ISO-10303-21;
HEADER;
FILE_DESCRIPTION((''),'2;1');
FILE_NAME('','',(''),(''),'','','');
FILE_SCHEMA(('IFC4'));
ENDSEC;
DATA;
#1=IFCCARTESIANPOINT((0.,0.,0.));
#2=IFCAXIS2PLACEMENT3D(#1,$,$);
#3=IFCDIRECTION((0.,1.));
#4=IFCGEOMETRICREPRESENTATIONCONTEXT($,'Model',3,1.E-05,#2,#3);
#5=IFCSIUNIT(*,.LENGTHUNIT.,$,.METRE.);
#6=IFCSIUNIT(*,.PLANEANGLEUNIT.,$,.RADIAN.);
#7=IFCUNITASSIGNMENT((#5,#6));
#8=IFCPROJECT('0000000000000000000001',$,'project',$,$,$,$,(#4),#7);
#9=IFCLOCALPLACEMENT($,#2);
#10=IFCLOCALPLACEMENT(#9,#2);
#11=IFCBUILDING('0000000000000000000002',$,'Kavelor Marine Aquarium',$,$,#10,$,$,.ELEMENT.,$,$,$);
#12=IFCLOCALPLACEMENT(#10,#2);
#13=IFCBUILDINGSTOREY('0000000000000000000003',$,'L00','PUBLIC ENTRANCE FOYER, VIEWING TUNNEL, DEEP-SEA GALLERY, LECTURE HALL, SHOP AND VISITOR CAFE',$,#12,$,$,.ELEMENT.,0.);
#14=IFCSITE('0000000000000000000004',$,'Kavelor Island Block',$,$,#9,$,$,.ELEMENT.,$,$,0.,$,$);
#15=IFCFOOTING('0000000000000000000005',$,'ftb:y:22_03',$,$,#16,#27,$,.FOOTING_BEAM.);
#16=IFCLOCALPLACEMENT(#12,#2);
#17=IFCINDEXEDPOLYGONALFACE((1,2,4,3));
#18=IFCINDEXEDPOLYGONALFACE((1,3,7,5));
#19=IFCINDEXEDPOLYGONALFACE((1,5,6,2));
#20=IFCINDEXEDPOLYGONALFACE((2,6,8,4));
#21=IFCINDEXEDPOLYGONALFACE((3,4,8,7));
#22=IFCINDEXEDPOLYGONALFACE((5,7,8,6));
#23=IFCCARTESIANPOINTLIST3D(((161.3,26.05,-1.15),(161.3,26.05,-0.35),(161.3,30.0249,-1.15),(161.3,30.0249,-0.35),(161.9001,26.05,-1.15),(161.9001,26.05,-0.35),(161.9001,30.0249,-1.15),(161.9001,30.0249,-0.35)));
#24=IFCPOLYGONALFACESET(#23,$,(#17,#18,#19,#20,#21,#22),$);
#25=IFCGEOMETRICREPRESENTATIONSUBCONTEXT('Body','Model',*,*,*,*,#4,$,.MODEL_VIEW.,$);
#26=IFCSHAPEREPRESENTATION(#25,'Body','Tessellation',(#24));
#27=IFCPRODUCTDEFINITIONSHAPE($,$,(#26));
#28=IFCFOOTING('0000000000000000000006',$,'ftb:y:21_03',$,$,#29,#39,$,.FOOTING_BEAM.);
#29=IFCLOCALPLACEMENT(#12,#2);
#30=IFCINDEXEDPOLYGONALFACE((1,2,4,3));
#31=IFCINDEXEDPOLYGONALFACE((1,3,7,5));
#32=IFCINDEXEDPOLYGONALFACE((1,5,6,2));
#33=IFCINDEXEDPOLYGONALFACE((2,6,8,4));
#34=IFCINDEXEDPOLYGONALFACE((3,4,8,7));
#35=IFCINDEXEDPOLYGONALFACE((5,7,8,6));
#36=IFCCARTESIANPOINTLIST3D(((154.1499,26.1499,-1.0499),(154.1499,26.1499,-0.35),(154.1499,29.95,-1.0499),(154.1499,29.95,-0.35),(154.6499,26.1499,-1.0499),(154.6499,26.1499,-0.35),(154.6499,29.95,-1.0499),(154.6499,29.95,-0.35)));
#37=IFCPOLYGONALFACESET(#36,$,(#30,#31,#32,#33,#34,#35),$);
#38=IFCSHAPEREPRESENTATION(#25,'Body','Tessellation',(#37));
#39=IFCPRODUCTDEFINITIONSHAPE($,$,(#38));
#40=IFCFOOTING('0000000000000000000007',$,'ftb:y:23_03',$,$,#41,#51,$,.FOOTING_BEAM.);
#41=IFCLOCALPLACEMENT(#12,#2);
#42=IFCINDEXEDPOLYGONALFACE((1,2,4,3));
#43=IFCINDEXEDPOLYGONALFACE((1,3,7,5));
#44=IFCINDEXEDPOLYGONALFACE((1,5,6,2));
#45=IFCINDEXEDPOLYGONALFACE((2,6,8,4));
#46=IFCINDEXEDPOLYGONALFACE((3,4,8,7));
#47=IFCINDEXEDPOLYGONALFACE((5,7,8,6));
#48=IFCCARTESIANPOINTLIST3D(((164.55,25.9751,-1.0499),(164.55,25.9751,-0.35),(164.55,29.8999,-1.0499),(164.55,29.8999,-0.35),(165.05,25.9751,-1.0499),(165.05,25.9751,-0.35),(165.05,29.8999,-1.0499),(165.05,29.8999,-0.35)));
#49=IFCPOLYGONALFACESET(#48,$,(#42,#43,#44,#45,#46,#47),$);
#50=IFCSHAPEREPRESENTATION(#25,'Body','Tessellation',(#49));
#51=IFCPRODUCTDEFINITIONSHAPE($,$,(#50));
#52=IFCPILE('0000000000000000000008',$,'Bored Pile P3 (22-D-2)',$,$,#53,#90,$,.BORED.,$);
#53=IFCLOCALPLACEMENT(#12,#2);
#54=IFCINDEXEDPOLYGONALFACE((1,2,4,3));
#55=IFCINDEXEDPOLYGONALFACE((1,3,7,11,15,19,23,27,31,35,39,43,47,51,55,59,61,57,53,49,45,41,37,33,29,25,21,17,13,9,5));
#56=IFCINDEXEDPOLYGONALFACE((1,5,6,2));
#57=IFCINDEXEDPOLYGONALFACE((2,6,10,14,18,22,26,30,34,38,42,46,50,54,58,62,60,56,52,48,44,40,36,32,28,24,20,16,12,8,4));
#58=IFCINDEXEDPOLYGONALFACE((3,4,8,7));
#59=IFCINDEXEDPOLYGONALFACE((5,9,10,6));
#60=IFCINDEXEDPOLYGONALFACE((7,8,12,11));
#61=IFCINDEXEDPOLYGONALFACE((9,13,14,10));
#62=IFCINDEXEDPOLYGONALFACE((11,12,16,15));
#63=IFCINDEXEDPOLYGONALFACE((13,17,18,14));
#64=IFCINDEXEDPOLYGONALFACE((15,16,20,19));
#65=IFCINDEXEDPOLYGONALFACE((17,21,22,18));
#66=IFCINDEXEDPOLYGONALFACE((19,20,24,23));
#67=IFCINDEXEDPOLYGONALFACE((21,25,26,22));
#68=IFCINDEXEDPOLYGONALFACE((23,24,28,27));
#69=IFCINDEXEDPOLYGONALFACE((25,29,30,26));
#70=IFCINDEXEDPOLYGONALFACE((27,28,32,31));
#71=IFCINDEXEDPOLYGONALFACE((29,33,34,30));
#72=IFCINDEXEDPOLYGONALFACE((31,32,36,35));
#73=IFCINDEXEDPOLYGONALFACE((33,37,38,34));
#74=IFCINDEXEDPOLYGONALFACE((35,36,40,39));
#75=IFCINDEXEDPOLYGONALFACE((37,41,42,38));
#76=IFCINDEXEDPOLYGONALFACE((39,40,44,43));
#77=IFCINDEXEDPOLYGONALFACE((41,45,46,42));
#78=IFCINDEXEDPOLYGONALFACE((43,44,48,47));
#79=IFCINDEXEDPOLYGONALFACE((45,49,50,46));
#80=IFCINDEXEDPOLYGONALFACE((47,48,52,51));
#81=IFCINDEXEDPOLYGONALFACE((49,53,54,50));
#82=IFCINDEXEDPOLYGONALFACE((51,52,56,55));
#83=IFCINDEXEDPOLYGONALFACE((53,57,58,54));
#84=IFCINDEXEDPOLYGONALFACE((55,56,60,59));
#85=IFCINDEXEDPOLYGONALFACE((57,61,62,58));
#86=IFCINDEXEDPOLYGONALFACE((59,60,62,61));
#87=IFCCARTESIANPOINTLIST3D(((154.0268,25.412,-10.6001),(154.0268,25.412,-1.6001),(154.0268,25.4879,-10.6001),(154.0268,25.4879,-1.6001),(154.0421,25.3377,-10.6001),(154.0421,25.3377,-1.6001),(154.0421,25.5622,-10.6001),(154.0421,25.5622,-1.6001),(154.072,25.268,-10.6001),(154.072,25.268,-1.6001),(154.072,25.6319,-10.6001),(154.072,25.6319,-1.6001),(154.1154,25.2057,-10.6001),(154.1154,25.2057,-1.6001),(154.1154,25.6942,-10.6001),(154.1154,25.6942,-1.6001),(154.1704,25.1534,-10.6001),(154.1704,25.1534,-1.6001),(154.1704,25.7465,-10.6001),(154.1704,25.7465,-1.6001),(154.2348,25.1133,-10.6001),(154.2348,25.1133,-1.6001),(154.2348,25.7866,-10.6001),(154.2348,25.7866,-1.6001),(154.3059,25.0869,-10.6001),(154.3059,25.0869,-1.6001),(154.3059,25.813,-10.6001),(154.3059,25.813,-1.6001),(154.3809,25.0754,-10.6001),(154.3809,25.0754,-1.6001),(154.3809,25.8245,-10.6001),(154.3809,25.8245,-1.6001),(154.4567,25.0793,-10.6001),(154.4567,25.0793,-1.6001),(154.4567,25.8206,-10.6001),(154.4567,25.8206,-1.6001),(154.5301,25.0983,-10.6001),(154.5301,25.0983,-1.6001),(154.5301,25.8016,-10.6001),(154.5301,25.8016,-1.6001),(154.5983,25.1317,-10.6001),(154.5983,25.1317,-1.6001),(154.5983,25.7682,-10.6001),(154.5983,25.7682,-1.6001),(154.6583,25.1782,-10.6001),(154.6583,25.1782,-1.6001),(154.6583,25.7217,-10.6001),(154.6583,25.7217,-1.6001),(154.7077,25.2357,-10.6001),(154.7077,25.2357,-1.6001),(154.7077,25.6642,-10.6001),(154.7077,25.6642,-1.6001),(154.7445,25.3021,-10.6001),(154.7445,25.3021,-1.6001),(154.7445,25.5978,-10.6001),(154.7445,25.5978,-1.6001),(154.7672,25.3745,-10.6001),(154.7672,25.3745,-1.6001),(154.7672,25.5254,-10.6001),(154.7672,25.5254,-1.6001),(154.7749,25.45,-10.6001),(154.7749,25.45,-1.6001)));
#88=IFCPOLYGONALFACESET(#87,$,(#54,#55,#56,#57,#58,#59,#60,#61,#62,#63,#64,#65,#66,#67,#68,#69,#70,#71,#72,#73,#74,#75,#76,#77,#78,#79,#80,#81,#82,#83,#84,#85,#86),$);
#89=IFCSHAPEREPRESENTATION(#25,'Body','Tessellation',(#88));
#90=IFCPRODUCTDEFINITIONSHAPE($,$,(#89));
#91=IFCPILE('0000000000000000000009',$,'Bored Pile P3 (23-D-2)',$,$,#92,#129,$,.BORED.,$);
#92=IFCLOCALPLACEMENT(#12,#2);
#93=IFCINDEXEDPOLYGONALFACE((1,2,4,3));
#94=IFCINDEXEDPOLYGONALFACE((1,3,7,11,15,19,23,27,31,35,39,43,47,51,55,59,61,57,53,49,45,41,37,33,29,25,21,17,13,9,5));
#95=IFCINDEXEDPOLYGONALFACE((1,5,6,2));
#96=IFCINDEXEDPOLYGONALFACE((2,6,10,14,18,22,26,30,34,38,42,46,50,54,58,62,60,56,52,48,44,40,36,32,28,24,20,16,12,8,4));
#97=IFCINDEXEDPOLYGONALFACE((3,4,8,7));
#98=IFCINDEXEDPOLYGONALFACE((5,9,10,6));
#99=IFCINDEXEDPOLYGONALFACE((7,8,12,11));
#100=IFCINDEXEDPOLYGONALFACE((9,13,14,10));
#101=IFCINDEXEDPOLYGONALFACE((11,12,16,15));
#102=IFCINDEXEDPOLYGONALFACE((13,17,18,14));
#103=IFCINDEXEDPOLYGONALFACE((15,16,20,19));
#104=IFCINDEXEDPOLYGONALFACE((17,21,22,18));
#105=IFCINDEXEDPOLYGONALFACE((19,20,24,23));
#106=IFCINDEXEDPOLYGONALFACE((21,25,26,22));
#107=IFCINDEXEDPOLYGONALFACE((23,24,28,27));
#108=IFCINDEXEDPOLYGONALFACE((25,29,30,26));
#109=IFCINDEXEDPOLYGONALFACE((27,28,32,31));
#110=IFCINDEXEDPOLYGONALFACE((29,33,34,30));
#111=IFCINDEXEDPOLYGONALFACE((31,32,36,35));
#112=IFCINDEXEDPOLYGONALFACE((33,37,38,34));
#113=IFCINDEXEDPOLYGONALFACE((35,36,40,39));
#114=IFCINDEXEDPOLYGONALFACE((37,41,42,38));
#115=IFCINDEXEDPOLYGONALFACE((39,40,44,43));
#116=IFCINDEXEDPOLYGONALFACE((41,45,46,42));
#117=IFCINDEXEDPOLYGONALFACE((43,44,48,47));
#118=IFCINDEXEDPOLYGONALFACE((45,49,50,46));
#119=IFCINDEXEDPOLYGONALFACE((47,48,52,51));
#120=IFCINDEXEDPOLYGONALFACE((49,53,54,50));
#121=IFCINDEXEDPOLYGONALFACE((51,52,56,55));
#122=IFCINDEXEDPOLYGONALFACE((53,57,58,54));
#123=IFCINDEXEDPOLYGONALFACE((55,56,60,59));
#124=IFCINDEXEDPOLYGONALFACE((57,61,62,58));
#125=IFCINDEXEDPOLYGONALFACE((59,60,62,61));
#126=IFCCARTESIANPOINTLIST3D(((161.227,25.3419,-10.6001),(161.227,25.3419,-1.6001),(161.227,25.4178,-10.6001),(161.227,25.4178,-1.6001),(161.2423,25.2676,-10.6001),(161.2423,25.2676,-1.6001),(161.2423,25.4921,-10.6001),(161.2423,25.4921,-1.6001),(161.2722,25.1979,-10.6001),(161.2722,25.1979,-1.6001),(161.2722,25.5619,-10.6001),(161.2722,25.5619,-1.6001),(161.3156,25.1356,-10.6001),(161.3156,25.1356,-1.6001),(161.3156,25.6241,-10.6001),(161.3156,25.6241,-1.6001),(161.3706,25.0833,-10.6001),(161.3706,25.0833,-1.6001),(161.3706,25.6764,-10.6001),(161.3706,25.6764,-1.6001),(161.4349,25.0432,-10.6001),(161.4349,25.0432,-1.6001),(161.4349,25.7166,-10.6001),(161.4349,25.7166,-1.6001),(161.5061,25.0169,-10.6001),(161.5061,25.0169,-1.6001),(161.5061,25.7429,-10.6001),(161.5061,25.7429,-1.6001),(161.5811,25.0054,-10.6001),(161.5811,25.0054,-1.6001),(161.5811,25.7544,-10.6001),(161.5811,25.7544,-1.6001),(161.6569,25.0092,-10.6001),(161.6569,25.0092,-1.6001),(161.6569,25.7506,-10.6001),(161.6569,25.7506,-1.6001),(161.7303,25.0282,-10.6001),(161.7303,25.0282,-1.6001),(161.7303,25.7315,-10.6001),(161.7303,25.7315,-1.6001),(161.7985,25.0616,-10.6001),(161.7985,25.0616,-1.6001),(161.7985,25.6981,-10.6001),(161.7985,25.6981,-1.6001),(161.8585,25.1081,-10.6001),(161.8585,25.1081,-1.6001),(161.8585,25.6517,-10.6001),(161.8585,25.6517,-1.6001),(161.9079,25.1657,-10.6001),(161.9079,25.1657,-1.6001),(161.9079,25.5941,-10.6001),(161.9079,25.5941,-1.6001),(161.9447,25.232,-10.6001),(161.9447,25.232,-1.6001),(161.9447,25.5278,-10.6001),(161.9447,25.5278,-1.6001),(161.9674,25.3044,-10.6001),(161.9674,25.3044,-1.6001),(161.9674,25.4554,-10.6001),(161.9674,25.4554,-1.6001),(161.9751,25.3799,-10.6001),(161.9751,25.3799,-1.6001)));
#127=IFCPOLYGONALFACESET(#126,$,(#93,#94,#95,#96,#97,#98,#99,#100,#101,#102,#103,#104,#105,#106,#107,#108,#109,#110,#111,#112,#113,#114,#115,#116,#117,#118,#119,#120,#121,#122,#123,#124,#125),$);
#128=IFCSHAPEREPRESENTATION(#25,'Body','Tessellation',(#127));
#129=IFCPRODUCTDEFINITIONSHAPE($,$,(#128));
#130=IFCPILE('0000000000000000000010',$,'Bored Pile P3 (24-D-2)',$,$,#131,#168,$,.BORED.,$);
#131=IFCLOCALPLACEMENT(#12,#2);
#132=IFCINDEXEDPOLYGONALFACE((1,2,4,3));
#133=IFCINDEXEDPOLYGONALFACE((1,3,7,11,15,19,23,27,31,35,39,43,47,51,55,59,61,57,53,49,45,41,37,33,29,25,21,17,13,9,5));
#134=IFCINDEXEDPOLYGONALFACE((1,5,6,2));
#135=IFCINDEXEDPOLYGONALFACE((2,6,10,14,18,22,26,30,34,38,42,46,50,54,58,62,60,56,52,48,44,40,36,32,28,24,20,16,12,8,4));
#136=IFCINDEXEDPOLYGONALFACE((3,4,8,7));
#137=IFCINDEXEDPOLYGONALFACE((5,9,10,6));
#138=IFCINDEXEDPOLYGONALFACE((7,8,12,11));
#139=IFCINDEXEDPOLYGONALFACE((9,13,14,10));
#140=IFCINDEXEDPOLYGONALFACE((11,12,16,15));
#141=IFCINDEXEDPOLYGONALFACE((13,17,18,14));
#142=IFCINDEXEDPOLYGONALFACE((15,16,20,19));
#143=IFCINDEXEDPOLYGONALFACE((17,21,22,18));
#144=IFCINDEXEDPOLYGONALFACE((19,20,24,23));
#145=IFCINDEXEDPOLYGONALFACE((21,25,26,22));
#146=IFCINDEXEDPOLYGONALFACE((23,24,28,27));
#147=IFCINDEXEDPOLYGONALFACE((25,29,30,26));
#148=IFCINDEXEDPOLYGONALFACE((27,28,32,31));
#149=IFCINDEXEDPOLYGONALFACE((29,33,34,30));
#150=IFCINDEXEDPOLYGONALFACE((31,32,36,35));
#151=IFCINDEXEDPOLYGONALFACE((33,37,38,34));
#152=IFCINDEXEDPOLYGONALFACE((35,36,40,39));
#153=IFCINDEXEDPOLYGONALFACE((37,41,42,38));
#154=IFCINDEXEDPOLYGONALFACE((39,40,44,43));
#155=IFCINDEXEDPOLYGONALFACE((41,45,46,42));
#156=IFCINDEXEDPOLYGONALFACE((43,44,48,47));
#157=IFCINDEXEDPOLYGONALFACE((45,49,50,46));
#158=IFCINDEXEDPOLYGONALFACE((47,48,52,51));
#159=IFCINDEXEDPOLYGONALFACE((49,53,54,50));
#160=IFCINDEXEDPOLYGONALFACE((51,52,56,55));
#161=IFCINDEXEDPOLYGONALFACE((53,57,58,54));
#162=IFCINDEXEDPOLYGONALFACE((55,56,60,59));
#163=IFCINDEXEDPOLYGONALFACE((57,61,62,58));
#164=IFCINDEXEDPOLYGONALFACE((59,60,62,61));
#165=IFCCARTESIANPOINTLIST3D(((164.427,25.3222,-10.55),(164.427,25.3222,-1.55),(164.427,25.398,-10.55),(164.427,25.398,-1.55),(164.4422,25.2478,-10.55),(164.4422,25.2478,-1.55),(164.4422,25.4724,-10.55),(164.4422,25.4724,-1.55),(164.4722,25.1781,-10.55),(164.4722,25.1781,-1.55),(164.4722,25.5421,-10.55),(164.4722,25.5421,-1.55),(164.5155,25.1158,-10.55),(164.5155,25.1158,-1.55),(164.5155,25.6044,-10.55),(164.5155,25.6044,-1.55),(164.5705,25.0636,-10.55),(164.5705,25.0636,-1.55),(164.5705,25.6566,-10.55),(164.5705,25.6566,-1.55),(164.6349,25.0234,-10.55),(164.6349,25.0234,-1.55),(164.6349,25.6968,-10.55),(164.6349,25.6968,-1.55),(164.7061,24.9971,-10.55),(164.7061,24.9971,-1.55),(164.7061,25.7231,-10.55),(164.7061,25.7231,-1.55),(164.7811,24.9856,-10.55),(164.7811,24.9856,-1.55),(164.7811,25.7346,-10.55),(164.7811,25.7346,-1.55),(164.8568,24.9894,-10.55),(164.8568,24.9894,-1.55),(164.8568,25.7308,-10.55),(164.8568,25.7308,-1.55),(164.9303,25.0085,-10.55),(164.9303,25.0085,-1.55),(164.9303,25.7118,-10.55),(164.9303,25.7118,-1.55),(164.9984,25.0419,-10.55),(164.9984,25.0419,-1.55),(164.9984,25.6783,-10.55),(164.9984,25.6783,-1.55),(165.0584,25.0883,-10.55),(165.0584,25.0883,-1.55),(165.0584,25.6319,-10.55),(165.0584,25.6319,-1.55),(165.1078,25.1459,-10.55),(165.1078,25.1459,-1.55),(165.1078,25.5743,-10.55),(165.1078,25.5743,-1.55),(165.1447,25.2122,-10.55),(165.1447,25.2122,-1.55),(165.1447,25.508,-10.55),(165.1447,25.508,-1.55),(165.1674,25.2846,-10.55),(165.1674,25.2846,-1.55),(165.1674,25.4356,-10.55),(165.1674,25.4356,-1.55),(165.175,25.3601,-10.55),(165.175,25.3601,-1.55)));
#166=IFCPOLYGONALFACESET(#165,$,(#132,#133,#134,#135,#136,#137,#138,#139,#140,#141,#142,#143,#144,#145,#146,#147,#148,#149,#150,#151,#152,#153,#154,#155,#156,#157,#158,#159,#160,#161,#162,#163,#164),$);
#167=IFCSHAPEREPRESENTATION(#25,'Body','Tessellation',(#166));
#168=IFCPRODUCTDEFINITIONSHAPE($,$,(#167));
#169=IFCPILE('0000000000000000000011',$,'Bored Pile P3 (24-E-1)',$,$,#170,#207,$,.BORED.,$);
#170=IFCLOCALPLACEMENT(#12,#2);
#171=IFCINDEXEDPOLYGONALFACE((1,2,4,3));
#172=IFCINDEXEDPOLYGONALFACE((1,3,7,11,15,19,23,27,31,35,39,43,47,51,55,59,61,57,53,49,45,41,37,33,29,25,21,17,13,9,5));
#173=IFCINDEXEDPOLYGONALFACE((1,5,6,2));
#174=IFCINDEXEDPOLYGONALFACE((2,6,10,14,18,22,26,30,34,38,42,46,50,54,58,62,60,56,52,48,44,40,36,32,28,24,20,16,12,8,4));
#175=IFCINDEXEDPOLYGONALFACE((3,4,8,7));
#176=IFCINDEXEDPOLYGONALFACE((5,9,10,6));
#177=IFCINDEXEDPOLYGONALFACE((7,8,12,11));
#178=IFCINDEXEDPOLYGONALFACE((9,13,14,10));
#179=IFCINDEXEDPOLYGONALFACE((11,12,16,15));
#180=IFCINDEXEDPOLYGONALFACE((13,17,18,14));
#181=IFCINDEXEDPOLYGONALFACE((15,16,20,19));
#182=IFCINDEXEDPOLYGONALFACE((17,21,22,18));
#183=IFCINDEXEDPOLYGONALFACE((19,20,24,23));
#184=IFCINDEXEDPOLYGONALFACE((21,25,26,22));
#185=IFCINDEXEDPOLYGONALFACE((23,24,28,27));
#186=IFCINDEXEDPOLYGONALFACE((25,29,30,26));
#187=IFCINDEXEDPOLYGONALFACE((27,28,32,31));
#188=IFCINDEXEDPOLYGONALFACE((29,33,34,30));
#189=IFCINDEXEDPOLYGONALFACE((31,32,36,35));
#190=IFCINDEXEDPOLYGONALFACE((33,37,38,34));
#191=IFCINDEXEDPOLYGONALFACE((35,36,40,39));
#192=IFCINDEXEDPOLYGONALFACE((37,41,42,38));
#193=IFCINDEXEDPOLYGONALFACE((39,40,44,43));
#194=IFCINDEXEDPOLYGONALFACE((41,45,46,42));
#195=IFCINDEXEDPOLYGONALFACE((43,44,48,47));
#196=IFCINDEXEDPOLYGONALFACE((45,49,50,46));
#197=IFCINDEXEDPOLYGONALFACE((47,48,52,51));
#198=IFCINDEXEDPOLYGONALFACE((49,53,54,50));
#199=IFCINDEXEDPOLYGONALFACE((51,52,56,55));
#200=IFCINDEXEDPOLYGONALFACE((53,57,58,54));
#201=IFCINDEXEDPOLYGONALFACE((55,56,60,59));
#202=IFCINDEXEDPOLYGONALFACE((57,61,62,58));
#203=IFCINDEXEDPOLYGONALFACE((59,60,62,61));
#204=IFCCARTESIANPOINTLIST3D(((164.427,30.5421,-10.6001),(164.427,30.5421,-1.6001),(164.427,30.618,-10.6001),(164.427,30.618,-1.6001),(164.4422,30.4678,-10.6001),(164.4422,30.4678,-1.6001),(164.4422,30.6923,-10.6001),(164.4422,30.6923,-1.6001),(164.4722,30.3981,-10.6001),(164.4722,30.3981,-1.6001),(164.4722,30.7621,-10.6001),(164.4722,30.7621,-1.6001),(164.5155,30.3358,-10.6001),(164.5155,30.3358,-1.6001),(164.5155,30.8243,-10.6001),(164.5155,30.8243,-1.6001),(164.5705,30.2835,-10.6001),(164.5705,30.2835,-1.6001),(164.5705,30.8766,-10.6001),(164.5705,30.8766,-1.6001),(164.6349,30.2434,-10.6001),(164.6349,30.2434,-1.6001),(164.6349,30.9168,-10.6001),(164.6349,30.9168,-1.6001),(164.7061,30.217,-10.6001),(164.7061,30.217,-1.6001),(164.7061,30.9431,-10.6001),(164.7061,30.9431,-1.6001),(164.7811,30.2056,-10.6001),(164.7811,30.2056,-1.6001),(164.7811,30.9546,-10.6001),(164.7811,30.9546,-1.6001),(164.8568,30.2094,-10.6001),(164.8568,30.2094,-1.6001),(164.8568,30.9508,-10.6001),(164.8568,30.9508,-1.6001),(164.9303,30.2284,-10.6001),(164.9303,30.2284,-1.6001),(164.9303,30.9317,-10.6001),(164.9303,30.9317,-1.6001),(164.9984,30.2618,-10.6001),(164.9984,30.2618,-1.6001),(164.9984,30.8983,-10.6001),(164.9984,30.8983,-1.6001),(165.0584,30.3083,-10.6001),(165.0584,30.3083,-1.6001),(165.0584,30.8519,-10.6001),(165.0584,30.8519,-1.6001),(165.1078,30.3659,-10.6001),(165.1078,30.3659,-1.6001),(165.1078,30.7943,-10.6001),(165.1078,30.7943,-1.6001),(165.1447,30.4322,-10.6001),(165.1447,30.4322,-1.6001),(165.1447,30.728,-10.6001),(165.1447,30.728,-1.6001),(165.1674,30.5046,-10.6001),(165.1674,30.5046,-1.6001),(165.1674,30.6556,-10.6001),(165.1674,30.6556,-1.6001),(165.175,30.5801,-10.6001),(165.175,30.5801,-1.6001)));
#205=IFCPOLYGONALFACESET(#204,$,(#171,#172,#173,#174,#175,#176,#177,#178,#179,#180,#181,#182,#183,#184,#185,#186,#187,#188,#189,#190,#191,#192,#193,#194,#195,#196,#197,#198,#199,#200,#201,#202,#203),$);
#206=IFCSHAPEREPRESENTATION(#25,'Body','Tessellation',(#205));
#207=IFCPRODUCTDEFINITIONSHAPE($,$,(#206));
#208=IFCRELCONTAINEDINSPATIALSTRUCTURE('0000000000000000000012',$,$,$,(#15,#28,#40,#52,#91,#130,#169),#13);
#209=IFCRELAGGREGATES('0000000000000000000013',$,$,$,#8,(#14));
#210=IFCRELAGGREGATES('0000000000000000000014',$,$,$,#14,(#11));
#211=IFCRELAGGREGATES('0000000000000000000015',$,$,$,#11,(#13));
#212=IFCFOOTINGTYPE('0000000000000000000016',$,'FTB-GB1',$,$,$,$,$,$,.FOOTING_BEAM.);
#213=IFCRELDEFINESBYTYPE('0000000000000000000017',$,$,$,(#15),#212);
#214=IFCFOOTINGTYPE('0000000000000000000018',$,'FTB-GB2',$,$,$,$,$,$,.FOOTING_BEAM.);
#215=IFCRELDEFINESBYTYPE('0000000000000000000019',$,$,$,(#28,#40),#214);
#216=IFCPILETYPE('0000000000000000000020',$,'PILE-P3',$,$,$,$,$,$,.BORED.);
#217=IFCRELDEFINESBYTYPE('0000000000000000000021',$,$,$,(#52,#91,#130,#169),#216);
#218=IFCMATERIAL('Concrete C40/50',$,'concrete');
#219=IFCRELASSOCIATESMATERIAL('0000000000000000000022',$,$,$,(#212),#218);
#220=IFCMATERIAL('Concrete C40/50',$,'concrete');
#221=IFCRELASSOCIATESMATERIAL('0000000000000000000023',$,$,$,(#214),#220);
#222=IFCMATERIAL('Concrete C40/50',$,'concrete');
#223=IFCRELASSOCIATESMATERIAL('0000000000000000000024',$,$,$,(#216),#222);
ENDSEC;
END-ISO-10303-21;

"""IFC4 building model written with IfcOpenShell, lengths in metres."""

from ifc_helpers import new_model, si_unit, direction, frame, origin, origin_2d, place, context, subcontext, project, spatial, rectangle, circle, extrude, material, material_profile, profile_set, type_object, element, save


model = new_model("IFC4")

# Units and contexts
model_context = context("Model", 3, precision=1e-05, world=origin(), true_north=direction((0.0, 1.0)))
body_context = subcontext(model_context, "Body", "Model", "MODEL_VIEW")
ifc_project = project(units=[si_unit("LENGTHUNIT", "METRE"), si_unit("PLANEANGLEUNIT", "RADIAN")], contexts=[model_context])

# Site, building, storey
site_placement = place(None, origin())
site = spatial("IfcSite", under=ifc_project, at=site_placement, Name="Kavelor Island Block", CompositionType="ELEMENT", RefElevation=0.0)
building_placement = place(site_placement, origin())
building = spatial("IfcBuilding", under=site, at=building_placement, Name="Kavelor Marine Aquarium", CompositionType="ELEMENT")
storey_placement = place(building_placement, origin())
storey = spatial("IfcBuildingStorey", under=building, at=storey_placement, Name="L00", Description="PUBLIC ENTRANCE FOYER, VIEWING TUNNEL, DEEP-SEA GALLERY, LECTURE HALL, SHOP AND VISITOR CAFE", CompositionType="ELEMENT", Elevation=0.0)

# Footings
ifc_material_1 = material(Name="Concrete C40/50", Category="concrete")
ifc_material_profile_1 = material_profile(ifc_material_1, rectangle(XDim=0.6001, YDim=0.8, at=origin_2d()), Name="GB 600x800")
ifc_profile_set_1 = profile_set([ifc_material_profile_1], Name="Concrete C40/50")
footing_type_1 = type_object("IfcFootingType", Name="FTB-GB1", PredefinedType="FOOTING_BEAM", material=ifc_profile_set_1)
footing_1_placement = place(storey_placement, frame((161.6001, 26.05, -0.75), z_axis=(0.0, 1.0, 0.0), x_axis=(-1.0, 0.0, 0.0)))
element("IfcFooting", 1, at=footing_1_placement, inside=storey, type_object=footing_type_1, Name="ftb:y:22_03", PredefinedType="FOOTING_BEAM", context=body_context, shape_type="SweptSolid", body=[
    extrude(rectangle(XDim=0.6001, YDim=0.8, at=origin_2d()), origin(), (0.0, 0.0, 1.0), 3.9749),
])
ifc_material_2 = material(Name="Concrete C40/50", Category="concrete")
ifc_material_profile_2 = material_profile(ifc_material_2, rectangle(XDim=0.5, YDim=0.7, at=origin_2d()), Name="GB 500x700")
ifc_profile_set_2 = profile_set([ifc_material_profile_2], Name="Concrete C40/50")
footing_type_2 = type_object("IfcFootingType", Name="FTB-GB2", PredefinedType="FOOTING_BEAM", material=ifc_profile_set_2)
footing_2_placement = place(storey_placement, frame((154.3999, 26.1499, -0.7), z_axis=(0.0, 1.0, 0.0), x_axis=(-1.0, 0.0, 0.0)))
element("IfcFooting", 2, at=footing_2_placement, inside=storey, type_object=footing_type_2, Name="ftb:y:21_03", PredefinedType="FOOTING_BEAM", context=body_context, shape_type="SweptSolid", body=[
    extrude(rectangle(XDim=0.5, YDim=0.7, at=origin_2d()), origin(), (0.0, 0.0, 1.0), 3.8),
])
footing_3_placement = place(storey_placement, frame((164.8, 25.9751, -0.7), z_axis=(0.0, 1.0, 0.0), x_axis=(-1.0, 0.0, 0.0)))
element("IfcFooting", 3, at=footing_3_placement, inside=storey, type_object=footing_type_2, Name="ftb:y:23_03", PredefinedType="FOOTING_BEAM", context=body_context, shape_type="SweptSolid", body=[
    extrude(rectangle(XDim=0.5, YDim=0.7, at=origin_2d()), origin(), (0.0, 0.0, 1.0), 3.9248),
])

# Piles
ifc_material_3 = material(Name="Concrete C40/50", Category="concrete")
ifc_material_profile_3 = material_profile(ifc_material_3, circle(Radius=0.375, at=origin_2d()), Name="PILE D750")
ifc_profile_set_3 = profile_set([ifc_material_profile_3], Name="Concrete C40/50")
pile_type = type_object("IfcPileType", Name="PILE-P3", PredefinedType="BORED", material=ifc_profile_set_3)
for number, where, z_axis, x_axis, name in (
    (4, (154.3999, 25.45, -1.6001), (0.0, 0.0, -1.0), (1.0, 0.0, 0.0), "Bored Pile P3 (22-D-2)"),
    (5, (161.6001, 25.3799, -1.6001), (0.0, 0.0, -1.0), (1.0, 0.0, 0.0), "Bored Pile P3 (23-D-2)"),
    (6, (164.8, 25.3601, -1.55), (0.0, 0.0, -1.0), (1.0, 0.0, 0.0), "Bored Pile P3 (24-D-2)"),
    (7, (164.8, 30.5801, -1.6001), (0.0, 0.0, -1.0), (1.0, 0.0, 0.0), "Bored Pile P3 (24-E-1)"),
):
    element("IfcPile", number, at=place(storey_placement, frame(where, z_axis=z_axis, x_axis=x_axis)), inside=storey, type_object=pile_type, Name=name, PredefinedType="BORED", context=body_context, shape_type="SweptSolid", body=[
        extrude(circle(Radius=0.375, at=origin_2d()), origin(), (0.0, 0.0, 1.0), 9.0),
    ])

save(model, "model.ifc")
